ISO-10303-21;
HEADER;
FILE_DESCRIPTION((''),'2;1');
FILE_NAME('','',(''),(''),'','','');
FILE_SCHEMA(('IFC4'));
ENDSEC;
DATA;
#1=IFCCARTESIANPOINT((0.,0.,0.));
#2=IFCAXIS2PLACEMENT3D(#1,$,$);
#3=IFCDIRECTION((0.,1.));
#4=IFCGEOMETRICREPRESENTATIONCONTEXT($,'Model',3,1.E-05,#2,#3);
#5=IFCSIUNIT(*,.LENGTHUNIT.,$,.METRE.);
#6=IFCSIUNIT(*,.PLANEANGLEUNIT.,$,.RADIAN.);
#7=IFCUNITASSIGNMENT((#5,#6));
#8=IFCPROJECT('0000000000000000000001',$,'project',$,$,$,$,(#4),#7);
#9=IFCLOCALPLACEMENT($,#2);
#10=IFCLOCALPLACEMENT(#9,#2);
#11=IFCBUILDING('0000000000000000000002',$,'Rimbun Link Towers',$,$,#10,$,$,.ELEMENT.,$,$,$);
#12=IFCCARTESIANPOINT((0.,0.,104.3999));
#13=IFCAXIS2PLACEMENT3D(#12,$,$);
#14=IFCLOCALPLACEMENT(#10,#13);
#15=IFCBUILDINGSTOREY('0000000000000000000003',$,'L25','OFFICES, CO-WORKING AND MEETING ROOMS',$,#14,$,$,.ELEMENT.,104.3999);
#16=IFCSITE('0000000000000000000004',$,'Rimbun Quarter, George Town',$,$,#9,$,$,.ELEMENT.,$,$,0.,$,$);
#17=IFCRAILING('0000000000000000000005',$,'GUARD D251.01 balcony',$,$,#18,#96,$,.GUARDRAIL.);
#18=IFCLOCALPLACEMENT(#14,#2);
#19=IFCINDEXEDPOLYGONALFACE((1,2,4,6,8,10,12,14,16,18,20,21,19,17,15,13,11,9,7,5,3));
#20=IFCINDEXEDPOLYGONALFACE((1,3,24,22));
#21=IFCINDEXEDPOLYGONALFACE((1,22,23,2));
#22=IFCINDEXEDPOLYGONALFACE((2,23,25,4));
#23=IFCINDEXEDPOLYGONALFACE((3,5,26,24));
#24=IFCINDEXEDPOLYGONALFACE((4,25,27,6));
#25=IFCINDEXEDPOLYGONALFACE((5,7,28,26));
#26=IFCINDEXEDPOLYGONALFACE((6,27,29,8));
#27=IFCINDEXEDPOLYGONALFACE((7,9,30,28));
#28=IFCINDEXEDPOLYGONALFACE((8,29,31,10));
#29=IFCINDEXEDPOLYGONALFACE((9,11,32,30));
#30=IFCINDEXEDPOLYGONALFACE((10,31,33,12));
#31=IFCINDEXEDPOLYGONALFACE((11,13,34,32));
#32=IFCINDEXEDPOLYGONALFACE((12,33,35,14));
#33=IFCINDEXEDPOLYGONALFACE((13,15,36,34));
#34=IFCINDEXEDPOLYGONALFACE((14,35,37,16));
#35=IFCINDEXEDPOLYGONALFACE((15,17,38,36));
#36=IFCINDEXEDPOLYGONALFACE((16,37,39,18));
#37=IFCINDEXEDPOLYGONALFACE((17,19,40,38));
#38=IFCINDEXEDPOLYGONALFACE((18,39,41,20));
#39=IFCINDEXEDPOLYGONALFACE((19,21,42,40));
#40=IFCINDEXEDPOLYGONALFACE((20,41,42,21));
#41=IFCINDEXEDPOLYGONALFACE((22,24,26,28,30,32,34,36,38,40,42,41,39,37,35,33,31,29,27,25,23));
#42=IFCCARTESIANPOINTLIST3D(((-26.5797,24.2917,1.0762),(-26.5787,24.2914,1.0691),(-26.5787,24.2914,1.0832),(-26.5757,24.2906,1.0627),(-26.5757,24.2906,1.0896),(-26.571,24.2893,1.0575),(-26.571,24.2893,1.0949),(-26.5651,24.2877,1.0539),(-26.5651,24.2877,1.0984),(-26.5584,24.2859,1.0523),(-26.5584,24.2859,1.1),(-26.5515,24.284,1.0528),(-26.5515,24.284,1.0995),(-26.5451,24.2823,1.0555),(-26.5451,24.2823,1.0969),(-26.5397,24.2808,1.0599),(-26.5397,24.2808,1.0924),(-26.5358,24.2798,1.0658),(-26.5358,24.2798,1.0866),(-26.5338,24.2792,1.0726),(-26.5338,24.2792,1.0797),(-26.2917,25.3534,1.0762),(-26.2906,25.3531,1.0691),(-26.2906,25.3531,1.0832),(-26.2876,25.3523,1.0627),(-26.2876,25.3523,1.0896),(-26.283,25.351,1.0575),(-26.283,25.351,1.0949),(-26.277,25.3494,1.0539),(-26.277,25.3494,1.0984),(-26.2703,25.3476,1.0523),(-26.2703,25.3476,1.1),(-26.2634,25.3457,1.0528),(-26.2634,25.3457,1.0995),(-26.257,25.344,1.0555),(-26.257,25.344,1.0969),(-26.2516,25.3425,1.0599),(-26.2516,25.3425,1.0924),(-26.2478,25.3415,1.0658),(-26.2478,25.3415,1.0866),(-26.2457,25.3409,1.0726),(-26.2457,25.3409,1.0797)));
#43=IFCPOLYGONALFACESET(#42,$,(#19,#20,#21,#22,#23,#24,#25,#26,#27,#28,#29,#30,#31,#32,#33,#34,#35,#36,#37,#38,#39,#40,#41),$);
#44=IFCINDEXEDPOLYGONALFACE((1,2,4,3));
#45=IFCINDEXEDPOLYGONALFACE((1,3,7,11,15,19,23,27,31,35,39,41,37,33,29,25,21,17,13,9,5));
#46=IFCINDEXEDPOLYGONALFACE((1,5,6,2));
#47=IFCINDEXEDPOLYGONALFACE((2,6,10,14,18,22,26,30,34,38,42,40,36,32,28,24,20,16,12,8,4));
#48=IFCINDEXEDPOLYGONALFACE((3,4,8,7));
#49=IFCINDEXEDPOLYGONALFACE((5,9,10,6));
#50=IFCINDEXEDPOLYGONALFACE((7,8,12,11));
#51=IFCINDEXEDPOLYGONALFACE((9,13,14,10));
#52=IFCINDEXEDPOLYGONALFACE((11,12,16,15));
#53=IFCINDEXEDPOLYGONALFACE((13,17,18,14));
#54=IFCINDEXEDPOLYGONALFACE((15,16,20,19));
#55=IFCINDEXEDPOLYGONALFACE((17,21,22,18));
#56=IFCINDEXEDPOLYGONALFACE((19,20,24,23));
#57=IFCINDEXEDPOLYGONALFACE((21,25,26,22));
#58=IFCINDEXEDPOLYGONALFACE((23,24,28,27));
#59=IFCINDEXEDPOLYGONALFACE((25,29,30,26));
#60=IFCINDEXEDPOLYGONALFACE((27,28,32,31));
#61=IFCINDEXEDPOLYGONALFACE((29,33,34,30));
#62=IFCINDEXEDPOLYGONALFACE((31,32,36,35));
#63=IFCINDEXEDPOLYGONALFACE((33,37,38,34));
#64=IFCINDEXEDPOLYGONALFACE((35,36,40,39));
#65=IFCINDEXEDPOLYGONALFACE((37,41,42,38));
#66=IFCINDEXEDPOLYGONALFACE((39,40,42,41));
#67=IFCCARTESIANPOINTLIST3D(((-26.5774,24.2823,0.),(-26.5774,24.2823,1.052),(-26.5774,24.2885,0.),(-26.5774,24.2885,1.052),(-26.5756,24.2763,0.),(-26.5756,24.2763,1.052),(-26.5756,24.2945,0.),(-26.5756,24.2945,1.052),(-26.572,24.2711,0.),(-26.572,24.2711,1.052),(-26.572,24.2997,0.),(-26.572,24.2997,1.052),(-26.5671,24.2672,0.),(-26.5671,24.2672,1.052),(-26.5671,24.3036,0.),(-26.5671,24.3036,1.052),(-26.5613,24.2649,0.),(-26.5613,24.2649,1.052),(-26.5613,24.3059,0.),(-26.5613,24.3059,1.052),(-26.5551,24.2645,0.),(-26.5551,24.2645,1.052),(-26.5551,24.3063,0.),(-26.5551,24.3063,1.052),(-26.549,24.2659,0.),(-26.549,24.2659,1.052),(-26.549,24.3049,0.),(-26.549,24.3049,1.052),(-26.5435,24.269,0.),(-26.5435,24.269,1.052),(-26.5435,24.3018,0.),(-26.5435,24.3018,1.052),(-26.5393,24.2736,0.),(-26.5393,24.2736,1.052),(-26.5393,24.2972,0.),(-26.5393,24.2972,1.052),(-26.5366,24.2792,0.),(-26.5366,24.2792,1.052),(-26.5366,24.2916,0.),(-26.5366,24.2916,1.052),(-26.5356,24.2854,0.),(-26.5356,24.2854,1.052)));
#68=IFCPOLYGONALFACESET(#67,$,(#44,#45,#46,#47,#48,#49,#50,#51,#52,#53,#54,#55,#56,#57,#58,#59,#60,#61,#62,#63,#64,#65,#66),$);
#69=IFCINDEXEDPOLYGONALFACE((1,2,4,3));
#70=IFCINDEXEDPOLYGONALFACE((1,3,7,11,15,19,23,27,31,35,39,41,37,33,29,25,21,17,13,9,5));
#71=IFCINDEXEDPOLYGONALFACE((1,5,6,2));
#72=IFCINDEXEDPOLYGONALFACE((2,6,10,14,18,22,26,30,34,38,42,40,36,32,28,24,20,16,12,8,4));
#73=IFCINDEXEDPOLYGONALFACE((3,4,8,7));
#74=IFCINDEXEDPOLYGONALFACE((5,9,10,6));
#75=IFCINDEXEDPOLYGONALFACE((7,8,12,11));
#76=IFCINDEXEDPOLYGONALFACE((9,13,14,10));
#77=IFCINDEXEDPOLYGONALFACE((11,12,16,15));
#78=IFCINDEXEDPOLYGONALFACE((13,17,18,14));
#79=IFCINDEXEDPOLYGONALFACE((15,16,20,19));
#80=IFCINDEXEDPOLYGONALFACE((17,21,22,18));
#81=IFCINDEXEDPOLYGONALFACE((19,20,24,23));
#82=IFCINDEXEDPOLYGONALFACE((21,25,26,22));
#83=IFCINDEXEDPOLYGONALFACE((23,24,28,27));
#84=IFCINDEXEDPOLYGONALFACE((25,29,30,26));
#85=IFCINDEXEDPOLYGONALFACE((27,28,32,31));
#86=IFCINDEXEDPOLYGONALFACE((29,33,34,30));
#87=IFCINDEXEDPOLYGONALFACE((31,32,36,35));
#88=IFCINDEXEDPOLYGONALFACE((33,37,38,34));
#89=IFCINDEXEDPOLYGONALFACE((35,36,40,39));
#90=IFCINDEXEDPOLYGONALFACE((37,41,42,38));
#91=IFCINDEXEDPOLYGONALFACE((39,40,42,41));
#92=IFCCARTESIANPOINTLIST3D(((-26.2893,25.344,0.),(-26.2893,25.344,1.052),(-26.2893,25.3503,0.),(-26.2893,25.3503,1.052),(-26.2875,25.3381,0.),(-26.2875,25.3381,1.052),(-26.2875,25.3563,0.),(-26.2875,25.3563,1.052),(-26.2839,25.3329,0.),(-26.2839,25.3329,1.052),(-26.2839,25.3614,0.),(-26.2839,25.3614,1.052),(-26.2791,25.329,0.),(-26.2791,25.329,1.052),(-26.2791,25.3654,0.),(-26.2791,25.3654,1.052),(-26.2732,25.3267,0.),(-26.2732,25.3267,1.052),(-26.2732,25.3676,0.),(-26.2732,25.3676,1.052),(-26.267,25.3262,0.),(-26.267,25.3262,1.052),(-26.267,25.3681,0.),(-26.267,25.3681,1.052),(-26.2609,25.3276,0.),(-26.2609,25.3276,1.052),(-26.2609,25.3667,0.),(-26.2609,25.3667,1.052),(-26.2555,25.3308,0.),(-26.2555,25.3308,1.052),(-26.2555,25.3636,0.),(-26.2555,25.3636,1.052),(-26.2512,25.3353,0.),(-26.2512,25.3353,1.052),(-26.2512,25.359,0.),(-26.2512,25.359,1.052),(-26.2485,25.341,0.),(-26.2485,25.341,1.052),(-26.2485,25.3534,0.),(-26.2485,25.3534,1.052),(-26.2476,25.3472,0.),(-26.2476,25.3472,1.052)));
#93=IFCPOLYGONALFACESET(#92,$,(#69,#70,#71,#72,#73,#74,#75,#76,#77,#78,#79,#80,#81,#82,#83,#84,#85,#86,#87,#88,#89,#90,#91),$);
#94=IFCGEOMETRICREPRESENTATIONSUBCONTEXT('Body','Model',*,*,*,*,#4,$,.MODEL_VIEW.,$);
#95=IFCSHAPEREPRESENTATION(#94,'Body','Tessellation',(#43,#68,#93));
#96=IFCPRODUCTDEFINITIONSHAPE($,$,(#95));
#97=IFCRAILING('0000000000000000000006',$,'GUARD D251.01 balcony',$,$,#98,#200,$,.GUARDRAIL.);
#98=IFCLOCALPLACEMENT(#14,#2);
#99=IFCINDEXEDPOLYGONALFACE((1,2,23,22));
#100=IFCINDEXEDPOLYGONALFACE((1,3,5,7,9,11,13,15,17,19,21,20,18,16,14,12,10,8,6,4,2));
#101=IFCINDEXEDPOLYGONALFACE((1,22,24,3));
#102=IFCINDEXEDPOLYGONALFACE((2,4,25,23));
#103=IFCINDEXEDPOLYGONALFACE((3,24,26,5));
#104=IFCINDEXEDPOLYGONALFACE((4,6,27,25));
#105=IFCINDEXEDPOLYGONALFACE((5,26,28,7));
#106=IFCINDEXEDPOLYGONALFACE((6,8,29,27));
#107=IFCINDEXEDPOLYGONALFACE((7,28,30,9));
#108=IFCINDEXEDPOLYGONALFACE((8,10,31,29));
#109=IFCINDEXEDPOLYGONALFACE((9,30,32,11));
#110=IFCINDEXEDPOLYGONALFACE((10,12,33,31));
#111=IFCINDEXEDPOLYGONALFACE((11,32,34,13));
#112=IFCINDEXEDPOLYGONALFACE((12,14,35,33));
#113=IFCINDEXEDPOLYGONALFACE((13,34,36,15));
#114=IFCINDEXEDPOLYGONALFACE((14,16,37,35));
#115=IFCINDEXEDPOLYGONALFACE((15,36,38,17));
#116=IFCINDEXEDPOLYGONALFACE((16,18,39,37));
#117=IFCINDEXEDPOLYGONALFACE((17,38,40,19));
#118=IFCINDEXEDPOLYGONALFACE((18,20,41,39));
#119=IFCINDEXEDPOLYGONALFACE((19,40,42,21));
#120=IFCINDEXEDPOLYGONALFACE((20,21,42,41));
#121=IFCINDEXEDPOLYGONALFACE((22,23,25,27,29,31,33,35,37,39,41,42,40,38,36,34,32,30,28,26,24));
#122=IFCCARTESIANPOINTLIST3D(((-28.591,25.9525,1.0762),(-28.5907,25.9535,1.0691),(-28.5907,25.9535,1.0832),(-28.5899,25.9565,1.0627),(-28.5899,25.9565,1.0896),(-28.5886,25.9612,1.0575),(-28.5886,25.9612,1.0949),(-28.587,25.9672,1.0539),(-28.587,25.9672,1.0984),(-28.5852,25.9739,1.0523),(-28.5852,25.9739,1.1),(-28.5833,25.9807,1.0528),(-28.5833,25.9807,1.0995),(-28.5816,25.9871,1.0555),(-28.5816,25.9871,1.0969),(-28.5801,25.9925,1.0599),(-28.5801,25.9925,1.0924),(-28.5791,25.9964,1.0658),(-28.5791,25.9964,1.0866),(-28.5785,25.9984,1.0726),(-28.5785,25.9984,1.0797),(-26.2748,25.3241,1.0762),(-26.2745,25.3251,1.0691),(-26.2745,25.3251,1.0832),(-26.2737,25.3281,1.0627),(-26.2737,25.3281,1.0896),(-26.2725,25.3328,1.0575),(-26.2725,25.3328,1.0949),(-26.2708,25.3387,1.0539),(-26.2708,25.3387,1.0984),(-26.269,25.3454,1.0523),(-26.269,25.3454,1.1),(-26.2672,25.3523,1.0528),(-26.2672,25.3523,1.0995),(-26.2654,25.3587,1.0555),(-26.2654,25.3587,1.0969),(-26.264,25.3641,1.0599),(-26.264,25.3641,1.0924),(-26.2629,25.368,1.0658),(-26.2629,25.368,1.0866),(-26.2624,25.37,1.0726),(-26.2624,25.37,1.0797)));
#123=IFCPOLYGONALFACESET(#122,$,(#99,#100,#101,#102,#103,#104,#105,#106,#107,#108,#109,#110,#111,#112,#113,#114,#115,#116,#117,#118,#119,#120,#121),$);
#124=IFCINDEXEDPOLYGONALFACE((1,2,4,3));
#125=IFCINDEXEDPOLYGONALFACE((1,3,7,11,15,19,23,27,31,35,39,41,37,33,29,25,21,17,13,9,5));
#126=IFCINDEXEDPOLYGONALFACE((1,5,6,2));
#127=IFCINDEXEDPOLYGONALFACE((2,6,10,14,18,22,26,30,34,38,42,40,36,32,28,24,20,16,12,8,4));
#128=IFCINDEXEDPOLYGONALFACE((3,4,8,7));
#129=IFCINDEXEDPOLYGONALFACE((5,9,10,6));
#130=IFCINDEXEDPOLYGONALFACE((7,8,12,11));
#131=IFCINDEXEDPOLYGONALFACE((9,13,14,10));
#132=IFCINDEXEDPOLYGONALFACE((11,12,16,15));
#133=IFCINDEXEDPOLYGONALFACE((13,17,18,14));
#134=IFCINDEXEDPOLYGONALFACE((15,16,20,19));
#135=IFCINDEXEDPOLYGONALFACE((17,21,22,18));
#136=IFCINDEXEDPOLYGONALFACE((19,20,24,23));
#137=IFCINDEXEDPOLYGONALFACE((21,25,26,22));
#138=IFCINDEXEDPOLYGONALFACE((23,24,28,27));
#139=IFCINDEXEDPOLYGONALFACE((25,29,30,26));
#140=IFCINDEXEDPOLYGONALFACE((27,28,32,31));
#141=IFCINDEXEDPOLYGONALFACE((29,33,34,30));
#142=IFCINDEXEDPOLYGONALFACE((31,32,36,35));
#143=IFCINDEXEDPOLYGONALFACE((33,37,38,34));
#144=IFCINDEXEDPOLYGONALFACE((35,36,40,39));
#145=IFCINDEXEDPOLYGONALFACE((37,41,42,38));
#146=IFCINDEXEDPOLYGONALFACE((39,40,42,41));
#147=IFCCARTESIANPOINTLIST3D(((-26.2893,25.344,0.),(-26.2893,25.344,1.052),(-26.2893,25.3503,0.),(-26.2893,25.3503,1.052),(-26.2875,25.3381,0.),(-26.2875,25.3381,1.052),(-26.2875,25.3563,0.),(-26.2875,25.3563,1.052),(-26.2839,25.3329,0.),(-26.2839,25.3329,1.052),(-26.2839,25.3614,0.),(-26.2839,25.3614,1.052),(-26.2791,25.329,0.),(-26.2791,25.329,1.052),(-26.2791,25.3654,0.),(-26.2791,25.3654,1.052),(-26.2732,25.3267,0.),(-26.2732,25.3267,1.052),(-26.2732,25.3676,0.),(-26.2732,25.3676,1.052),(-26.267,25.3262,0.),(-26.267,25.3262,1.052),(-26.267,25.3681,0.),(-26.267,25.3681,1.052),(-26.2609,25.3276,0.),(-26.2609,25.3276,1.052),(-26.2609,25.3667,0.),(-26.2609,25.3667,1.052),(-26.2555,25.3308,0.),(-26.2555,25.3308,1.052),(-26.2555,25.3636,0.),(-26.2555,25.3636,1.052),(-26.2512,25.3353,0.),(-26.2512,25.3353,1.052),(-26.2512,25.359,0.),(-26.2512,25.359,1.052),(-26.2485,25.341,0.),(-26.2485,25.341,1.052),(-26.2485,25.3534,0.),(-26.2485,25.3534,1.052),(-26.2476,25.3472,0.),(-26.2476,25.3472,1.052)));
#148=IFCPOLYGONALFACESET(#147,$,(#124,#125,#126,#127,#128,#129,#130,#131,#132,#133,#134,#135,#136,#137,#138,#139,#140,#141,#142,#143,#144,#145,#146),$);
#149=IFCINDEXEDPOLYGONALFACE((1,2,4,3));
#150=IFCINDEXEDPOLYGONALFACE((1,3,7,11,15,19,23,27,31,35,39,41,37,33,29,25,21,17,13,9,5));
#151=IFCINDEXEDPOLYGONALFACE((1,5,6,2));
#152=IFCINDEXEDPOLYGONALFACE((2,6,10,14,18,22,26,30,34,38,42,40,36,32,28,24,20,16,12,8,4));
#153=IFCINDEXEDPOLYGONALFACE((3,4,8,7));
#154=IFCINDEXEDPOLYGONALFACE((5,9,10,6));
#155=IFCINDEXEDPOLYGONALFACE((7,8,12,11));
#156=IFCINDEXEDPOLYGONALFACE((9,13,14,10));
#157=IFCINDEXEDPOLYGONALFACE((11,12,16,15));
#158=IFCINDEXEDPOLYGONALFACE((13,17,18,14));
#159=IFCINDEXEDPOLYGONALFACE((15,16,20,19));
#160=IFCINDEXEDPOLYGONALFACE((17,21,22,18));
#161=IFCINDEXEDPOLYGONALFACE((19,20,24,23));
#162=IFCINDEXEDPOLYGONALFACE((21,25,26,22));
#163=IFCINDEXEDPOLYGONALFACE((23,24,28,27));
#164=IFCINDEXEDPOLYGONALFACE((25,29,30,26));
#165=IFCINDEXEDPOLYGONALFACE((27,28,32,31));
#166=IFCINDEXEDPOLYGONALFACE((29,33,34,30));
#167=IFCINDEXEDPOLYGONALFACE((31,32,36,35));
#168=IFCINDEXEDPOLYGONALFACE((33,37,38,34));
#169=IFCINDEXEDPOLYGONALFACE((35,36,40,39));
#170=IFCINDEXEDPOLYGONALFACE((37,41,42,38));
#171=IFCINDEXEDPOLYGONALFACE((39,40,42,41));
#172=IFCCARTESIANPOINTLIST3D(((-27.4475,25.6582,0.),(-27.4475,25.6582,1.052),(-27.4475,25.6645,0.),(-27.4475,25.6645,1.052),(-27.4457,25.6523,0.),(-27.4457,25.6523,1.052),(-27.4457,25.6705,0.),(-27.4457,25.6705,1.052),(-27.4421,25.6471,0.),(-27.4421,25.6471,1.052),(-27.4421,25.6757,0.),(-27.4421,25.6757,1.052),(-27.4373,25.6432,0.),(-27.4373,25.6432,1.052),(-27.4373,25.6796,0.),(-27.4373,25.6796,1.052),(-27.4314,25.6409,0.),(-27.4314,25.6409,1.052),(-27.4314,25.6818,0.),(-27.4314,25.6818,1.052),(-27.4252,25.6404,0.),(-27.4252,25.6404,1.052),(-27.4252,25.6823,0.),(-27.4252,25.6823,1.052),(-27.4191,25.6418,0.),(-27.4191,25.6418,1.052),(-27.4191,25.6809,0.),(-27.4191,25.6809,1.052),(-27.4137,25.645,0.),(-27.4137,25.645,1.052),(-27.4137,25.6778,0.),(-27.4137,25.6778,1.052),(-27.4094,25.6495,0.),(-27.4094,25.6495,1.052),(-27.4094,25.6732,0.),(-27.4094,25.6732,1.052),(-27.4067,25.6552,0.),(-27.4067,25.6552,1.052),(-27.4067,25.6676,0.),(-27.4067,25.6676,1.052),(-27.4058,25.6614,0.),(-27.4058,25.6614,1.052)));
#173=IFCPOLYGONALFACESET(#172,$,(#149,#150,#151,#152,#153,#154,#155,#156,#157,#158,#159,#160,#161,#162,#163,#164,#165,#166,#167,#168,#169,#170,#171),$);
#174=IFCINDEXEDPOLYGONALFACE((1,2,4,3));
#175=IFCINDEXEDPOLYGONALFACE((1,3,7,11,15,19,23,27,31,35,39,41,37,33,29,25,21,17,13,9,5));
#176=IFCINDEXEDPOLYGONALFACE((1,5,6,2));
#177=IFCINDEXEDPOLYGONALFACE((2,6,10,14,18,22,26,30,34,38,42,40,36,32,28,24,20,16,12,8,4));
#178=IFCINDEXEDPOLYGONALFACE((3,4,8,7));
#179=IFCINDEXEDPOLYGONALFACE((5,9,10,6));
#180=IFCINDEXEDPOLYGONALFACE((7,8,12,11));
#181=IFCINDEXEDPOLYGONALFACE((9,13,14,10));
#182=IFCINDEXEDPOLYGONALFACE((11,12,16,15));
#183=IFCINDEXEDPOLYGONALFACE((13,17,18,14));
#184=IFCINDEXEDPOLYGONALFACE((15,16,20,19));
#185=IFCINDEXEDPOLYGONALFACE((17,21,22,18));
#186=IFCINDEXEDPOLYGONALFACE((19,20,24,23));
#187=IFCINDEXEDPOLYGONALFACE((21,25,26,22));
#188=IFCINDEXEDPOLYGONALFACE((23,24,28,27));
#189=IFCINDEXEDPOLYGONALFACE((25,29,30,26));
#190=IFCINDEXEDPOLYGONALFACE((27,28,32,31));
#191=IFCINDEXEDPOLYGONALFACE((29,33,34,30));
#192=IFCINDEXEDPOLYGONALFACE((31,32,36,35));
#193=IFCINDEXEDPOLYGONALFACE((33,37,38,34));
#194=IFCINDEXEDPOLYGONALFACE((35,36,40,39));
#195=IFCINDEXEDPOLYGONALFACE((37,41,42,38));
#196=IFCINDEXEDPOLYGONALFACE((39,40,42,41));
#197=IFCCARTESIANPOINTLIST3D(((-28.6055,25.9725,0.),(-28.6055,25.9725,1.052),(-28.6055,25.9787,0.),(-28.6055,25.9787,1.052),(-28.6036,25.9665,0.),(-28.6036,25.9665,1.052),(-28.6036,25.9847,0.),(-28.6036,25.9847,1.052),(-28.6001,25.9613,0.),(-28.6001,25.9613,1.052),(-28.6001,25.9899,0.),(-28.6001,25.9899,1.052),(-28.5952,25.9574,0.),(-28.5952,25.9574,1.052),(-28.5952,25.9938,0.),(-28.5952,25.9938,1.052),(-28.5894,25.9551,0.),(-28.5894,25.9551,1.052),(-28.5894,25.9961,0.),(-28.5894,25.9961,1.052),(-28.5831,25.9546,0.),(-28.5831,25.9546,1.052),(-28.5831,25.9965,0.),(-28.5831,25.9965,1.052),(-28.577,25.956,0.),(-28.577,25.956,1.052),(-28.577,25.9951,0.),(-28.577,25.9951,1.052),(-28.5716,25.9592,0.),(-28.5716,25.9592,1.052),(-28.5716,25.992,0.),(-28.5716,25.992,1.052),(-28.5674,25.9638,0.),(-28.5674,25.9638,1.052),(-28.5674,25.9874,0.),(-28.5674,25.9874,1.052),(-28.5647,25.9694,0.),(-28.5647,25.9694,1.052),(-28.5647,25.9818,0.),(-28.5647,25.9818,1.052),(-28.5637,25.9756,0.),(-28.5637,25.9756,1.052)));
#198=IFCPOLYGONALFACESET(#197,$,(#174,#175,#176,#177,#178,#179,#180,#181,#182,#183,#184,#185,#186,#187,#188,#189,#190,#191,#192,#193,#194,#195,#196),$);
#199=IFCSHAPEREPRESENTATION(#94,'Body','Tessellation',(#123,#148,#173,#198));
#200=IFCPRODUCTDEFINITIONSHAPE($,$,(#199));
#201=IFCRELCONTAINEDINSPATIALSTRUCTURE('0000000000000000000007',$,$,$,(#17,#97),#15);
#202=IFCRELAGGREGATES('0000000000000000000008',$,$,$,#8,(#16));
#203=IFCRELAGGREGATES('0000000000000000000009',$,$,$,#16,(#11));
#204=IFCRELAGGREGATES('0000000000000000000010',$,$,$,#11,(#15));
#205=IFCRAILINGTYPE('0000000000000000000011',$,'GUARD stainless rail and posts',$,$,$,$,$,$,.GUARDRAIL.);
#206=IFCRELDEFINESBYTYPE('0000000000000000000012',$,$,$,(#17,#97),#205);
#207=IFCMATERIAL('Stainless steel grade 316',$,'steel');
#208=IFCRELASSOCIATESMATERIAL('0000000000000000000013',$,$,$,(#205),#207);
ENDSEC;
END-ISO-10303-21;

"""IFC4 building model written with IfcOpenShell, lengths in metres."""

from ifc_helpers import new_model, si_unit, direction, frame, origin, origin_2d, place, context, subcontext, project, spatial, circle, extrude, material, type_object, element, save


model = new_model("IFC4")

# Units and contexts
model_context = context("Model", 3, precision=1e-05, world=origin(), true_north=direction((0.0, 1.0)))
body_context = subcontext(model_context, "Body", "Model", "MODEL_VIEW")
ifc_project = project(units=[si_unit("LENGTHUNIT", "METRE"), si_unit("PLANEANGLEUNIT", "RADIAN")], contexts=[model_context])

# Site, building, storey
site_placement = place(None, origin())
site = spatial("IfcSite", under=ifc_project, at=site_placement, Name="Rimbun Quarter, George Town", CompositionType="ELEMENT", RefElevation=0.0)
building_placement = place(site_placement, origin())
building = spatial("IfcBuilding", under=site, at=building_placement, Name="Rimbun Link Towers", CompositionType="ELEMENT")
storey_placement = place(building_placement, frame((0.0, 0.0, 104.3999)))
storey = spatial("IfcBuildingStorey", under=building, at=storey_placement, Name="L25", Description="OFFICES, CO-WORKING AND MEETING ROOMS", CompositionType="ELEMENT", Elevation=104.3999)

# Railings
ifc_material_1 = material(Name="Stainless steel grade 316", Category="steel")
railing_type = type_object("IfcRailingType", Name="GUARD stainless rail and posts", PredefinedType="GUARDRAIL", material=ifc_material_1)
railing_1_placement = place(storey_placement, frame((-26.5566, 24.2854, 0.0)))
element("IfcRailing", 1, at=railing_1_placement, inside=storey, type_object=railing_type, Name="GUARD D251.01 balcony", PredefinedType="GUARDRAIL", context=body_context, shape_type="SweptSolid", body=[
    extrude(circle(Radius=0.0239, at=origin_2d()), frame((0.0, 0.0, 1.0762), z_axis=(0.261859, 0.965106, 0.0), x_axis=(-0.965106, 0.261859, 0.0)), (0.0, 0.0, 1.0), 1.1001),
    extrude(circle(Radius=0.021, at=origin_2d()), origin(), (0.0, 0.0, 1.0), 1.052),
    extrude(circle(Radius=0.021, at=origin_2d()), frame((0.2881, 1.0618, 0.0)), (0.0, 0.0, 1.0), 1.052),
])
railing_2_placement = place(storey_placement, frame((-26.2686, 25.3472, 0.0)))
element("IfcRailing", 2, at=railing_2_placement, inside=storey, type_object=railing_type, Name="GUARD D251.01 balcony", PredefinedType="GUARDRAIL", context=body_context, shape_type="SweptSolid", body=[
    extrude(circle(Radius=0.0239, at=origin_2d()), frame((0.0, 0.0, 1.0762), z_axis=(-0.965108, 0.261852, 0.0), x_axis=(-0.261852, -0.965108, 0.0)), (0.0, 0.0, 1.0), 2.3999),
    extrude(circle(Radius=0.021, at=origin_2d()), origin(), (0.0, 0.0, 1.0), 1.052),
    extrude(circle(Radius=0.021, at=origin_2d()), frame((-1.1582, 0.3142, 0.0)), (0.0, 0.0, 1.0), 1.052),
    extrude(circle(Radius=0.021, at=origin_2d()), frame((-2.3162, 0.6284, 0.0)), (0.0, 0.0, 1.0), 1.052),
])

save(model, "model.ifc")
